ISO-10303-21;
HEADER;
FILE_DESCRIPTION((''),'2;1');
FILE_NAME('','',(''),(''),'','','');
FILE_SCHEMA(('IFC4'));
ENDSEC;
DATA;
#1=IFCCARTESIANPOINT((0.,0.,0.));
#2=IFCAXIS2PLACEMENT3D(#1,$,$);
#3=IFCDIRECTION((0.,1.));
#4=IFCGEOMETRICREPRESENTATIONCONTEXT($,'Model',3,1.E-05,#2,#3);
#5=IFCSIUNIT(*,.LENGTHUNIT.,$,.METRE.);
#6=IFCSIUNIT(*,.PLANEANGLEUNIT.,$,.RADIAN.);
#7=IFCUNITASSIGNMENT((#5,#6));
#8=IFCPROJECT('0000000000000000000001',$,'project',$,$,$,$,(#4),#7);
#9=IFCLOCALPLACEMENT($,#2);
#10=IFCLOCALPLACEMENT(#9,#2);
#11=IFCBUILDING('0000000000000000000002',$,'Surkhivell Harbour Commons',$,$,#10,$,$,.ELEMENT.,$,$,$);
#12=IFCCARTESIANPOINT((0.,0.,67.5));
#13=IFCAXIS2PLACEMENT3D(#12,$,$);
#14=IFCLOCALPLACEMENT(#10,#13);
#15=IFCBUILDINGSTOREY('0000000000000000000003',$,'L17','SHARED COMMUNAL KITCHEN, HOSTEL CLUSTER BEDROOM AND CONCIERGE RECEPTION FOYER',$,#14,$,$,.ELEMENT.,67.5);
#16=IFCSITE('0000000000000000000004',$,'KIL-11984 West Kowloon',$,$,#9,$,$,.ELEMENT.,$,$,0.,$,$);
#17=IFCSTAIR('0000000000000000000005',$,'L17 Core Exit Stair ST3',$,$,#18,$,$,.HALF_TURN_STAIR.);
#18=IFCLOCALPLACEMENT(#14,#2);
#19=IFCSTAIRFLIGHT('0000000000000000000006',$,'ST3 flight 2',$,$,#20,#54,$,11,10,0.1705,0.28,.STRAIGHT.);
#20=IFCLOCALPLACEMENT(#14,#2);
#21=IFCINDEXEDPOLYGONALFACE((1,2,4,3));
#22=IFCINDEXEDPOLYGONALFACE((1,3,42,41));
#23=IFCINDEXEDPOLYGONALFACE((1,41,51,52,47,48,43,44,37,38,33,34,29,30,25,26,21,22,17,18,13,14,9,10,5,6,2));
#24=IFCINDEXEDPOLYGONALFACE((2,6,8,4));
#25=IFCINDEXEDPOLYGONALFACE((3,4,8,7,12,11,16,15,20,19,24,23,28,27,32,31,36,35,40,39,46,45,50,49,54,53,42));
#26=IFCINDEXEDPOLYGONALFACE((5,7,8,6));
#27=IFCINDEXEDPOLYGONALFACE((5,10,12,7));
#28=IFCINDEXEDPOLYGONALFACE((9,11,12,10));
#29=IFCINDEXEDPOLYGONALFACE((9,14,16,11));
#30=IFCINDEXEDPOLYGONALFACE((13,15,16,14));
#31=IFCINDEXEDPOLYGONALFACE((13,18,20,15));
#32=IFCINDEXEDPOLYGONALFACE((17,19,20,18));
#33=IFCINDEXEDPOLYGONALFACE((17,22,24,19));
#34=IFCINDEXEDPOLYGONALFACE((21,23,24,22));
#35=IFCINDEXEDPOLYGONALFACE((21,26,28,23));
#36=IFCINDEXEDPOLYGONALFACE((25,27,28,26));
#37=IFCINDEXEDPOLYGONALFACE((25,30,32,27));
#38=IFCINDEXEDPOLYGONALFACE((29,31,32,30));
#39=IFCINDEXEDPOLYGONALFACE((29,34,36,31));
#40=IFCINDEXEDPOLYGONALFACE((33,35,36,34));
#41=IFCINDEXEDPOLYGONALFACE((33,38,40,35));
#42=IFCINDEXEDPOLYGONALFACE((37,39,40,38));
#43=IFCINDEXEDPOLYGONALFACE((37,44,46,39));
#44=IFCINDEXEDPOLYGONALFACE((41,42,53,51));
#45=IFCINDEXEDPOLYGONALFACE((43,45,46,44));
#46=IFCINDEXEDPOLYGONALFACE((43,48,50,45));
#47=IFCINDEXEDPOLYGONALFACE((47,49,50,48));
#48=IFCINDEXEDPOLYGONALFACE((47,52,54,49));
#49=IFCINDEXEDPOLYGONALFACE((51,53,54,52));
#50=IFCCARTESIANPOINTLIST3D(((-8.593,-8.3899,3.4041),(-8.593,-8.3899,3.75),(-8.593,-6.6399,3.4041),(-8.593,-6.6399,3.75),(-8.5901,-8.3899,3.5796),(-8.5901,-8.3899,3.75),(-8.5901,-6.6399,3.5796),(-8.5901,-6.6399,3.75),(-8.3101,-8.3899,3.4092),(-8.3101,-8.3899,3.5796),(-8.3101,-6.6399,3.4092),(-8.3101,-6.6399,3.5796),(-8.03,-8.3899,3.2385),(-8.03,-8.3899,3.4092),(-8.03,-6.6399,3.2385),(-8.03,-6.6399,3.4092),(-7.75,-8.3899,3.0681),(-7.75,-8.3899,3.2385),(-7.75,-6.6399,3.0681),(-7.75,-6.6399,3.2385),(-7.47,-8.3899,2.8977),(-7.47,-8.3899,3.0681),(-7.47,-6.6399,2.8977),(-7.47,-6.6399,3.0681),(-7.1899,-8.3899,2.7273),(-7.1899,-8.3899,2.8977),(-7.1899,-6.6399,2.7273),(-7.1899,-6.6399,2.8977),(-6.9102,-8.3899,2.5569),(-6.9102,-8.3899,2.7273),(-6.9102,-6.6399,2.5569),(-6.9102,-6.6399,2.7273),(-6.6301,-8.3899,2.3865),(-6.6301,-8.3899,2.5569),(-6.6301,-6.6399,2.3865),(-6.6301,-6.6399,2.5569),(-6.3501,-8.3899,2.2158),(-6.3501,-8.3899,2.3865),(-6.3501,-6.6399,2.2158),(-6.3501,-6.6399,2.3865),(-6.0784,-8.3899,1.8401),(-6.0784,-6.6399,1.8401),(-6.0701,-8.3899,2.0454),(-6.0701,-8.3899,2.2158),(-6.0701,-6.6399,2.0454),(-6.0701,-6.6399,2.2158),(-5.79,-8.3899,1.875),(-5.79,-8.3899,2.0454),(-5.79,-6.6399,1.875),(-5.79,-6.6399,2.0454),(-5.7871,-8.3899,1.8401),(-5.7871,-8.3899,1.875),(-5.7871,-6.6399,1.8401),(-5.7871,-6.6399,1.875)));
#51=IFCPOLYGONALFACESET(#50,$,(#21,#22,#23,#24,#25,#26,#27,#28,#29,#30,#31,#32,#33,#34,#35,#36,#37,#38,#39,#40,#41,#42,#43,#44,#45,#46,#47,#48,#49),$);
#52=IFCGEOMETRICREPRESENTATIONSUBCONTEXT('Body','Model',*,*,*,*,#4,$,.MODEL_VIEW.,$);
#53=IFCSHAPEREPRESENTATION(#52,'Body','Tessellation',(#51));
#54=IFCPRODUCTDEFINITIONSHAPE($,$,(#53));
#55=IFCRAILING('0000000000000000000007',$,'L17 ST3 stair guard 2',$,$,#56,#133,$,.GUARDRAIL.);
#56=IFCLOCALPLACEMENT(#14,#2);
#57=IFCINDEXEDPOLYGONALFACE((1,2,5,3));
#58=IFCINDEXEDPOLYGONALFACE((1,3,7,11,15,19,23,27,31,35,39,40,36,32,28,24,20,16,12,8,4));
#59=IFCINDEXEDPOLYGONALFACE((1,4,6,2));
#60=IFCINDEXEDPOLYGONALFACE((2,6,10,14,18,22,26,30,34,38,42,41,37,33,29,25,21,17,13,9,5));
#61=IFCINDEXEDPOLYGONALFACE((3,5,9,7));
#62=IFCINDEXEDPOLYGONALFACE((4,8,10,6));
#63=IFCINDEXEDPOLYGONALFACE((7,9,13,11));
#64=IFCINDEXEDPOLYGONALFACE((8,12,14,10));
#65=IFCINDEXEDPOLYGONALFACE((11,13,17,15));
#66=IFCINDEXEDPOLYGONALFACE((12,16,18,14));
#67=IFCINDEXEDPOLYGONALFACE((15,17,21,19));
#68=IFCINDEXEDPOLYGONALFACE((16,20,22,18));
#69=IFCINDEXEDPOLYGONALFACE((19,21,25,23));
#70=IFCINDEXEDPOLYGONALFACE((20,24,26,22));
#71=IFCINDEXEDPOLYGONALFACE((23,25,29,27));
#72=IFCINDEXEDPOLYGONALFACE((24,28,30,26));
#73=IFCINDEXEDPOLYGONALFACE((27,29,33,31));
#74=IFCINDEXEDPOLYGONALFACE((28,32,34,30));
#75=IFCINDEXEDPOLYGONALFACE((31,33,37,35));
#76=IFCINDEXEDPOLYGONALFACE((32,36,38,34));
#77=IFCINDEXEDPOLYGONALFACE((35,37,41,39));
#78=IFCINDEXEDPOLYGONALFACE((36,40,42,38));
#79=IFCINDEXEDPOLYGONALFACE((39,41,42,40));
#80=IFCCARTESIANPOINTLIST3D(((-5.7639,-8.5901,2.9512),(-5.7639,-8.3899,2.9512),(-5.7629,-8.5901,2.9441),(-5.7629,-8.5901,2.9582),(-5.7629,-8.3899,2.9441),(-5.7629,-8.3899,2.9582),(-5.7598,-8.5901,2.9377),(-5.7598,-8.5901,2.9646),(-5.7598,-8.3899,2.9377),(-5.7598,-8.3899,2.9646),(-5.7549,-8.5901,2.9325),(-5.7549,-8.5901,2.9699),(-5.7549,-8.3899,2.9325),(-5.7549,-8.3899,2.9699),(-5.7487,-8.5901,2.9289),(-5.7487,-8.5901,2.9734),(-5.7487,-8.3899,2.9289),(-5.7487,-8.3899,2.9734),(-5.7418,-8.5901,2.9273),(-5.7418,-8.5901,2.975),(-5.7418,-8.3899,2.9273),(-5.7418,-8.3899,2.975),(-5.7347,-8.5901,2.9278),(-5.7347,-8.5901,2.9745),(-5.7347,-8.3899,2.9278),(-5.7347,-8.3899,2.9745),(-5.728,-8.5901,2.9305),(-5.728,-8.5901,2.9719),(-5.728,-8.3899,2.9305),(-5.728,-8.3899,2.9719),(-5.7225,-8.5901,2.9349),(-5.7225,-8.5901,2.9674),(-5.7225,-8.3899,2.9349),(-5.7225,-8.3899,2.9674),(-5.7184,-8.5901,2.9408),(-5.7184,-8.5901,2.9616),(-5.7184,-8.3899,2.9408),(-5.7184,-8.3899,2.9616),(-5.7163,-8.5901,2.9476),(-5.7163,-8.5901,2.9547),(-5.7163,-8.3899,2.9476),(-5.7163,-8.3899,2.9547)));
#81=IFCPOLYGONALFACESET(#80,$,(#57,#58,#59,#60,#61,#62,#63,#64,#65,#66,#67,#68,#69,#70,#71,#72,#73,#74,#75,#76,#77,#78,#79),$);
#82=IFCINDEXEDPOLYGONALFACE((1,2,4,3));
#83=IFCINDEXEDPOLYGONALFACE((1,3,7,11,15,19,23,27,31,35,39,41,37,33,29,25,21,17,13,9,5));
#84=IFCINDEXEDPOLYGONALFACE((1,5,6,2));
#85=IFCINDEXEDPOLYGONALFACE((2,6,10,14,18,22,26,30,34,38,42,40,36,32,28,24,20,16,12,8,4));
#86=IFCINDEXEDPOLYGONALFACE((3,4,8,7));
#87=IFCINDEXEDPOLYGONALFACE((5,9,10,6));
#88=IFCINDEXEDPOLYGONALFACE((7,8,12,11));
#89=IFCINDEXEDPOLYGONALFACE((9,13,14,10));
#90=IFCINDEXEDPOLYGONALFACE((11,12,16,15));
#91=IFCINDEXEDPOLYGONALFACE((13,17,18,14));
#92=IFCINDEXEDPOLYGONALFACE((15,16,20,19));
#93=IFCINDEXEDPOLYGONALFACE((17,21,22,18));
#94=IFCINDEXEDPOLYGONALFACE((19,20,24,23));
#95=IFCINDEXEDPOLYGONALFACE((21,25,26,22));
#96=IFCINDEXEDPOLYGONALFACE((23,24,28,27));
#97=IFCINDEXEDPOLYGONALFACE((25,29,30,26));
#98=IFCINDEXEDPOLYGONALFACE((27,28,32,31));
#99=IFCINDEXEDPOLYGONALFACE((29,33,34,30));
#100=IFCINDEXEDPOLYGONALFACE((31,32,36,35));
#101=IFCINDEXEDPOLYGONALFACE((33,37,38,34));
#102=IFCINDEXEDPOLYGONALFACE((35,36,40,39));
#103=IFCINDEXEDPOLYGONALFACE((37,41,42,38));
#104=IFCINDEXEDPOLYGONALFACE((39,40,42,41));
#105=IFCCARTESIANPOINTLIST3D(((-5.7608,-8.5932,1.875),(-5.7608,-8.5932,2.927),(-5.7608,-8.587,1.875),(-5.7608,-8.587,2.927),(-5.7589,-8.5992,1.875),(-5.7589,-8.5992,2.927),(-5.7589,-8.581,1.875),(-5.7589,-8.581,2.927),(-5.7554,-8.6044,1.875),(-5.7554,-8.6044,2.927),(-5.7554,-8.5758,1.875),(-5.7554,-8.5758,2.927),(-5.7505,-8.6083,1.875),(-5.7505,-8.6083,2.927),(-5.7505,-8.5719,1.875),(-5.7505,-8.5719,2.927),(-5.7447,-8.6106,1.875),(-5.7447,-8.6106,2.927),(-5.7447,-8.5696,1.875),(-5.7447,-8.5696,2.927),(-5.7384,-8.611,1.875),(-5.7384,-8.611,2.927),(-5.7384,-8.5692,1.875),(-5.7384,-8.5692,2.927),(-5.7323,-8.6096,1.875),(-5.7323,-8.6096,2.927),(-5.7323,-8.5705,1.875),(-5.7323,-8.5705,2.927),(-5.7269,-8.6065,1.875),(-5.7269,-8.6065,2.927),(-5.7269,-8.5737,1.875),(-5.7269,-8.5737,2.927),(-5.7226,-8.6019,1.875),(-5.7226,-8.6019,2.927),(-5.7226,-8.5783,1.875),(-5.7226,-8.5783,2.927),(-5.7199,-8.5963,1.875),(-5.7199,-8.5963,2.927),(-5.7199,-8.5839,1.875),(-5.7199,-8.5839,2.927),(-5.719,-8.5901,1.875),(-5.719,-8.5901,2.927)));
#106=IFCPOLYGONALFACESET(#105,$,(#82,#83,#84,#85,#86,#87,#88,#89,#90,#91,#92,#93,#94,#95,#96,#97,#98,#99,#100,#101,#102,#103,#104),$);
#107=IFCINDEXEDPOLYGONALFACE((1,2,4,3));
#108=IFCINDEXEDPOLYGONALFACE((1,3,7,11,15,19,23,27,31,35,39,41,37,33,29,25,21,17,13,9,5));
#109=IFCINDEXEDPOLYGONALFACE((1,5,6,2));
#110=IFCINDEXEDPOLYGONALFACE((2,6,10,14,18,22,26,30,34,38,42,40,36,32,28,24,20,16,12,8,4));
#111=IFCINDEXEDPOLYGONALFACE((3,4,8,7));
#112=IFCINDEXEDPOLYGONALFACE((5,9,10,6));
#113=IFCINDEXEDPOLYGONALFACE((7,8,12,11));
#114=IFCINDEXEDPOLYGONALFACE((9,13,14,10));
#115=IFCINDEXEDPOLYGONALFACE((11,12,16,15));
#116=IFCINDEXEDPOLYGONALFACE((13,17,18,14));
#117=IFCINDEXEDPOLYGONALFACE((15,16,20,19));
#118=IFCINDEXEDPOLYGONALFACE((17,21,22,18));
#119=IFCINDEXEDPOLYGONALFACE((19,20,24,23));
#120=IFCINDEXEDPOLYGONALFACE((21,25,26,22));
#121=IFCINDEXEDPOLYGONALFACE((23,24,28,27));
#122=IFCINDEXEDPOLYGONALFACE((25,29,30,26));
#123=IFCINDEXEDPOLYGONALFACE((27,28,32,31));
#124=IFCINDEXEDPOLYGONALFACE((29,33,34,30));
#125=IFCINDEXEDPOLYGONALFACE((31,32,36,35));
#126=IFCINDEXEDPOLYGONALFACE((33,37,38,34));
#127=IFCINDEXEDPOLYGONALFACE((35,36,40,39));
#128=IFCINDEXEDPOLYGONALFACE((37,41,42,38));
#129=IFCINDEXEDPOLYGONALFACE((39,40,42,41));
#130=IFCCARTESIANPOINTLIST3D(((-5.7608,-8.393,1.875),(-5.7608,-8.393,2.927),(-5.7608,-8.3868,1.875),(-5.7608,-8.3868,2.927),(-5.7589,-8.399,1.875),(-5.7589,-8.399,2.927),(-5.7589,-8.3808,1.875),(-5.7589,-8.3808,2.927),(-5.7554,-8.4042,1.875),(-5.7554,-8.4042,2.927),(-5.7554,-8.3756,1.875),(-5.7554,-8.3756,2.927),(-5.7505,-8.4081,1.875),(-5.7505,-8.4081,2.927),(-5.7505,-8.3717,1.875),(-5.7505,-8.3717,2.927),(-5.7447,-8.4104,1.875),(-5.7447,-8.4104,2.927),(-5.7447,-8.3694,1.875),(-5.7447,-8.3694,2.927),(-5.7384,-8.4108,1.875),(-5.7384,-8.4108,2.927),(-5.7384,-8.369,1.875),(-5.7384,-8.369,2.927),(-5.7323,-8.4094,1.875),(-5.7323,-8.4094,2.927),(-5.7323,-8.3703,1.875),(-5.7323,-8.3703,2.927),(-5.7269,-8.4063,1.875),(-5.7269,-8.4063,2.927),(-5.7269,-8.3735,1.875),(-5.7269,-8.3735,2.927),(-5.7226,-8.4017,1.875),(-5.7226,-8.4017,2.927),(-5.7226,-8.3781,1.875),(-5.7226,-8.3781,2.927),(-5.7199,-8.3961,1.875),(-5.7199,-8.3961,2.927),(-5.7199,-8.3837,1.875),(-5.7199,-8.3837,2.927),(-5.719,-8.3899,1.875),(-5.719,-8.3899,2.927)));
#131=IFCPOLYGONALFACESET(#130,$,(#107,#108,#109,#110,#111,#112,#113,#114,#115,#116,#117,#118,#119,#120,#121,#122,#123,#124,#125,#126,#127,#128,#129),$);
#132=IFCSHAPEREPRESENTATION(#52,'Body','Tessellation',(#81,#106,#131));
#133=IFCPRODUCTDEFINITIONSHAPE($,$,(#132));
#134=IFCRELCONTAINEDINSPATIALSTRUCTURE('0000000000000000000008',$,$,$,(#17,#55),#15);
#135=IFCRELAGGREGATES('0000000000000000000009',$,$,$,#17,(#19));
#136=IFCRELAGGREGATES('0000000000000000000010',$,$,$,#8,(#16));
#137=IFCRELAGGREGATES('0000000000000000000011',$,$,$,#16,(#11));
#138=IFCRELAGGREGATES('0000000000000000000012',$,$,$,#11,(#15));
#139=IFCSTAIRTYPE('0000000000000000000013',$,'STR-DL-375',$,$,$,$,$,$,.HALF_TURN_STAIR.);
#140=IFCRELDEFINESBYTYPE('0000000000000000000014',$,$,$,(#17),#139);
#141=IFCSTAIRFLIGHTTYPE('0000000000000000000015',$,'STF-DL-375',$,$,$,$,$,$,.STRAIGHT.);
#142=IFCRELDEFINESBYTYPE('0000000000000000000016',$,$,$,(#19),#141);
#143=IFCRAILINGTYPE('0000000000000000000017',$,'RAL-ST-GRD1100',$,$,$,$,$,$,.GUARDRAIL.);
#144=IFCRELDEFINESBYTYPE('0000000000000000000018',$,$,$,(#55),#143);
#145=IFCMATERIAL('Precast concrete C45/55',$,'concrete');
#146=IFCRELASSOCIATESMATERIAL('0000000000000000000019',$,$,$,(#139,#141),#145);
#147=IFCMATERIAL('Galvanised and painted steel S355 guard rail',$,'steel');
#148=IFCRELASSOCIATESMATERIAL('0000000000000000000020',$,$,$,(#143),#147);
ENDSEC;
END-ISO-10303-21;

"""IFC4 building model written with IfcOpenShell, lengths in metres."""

from ifc_helpers import new_model, si_unit, direction, frame, origin, origin_2d, place, context, subcontext, project, spatial, polyline, circle, outline, extrude, material, type_object, element, aggregate, save


model = new_model("IFC4")

# Units and contexts
model_context = context("Model", 3, precision=1e-05, world=origin(), true_north=direction((0.0, 1.0)))
body_context = subcontext(model_context, "Body", "Model", "MODEL_VIEW")
ifc_project = project(units=[si_unit("LENGTHUNIT", "METRE"), si_unit("PLANEANGLEUNIT", "RADIAN")], contexts=[model_context])

# Site, building, storey
site_placement = place(None, origin())
site = spatial("IfcSite", under=ifc_project, at=site_placement, Name="KIL-11984 West Kowloon", CompositionType="ELEMENT", RefElevation=0.0)
building_placement = place(site_placement, origin())
building = spatial("IfcBuilding", under=site, at=building_placement, Name="Surkhivell Harbour Commons", CompositionType="ELEMENT")
storey_placement = place(building_placement, frame((0.0, 0.0, 67.5)))
storey = spatial("IfcBuildingStorey", under=building, at=storey_placement, Name="L17", Description="SHARED COMMUNAL KITCHEN, HOSTEL CLUSTER BEDROOM AND CONCIERGE RECEPTION FOYER", CompositionType="ELEMENT", Elevation=67.5)

# Stair, stair flight
ifc_material_1 = material(Name="Precast concrete C45/55", Category="concrete")
stair_type = type_object("IfcStairType", Name="STR-DL-375", PredefinedType="HALF_TURN_STAIR", material=ifc_material_1)
stair_placement = place(storey_placement, origin())
stair = element("IfcStair", 1, at=stair_placement, inside=storey, type_object=stair_type, Name="L17 Core Exit Stair ST3", PredefinedType="HALF_TURN_STAIR")
stair_flight_type = type_object("IfcStairFlightType", Name="STF-DL-375", PredefinedType="STRAIGHT", material=ifc_material_1)
stair_flight_placement = place(storey_placement, frame((-5.79, -7.5149, 1.875), z_axis=(0.0, 0.0, 1.0), x_axis=(-1.0, 0.0, 0.0)))
stair_flight = element("IfcStairFlight", 2, at=stair_flight_placement, type_object=stair_flight_type, Name="ST3 flight 2", NumberOfRisers=11, NumberOfTreads=10, PredefinedType="STRAIGHT", RiserHeight=0.1705, TreadLength=0.28, context=body_context, shape_type="SweptSolid", body=[
    extrude(outline(polyline([(-0.0029, -0.0349), (-0.0029, 0.0), (0.0, 0.0), (0.0, 0.1704), (0.28, 0.1704), (0.28, 0.3408), (0.5601, 0.3408), (0.5601, 0.5115), (0.8401, 0.5115), (0.8401, 0.6819), (1.1201, 0.6819), (1.1201, 0.8523), (1.3999, 0.8523), (1.3999, 1.0227), (1.6799, 1.0227), (1.6799, 1.1931), (1.96, 1.1931), (1.96, 1.3635), (2.24, 1.3635), (2.24, 1.5342), (2.52, 1.5342), (2.52, 1.7046), (2.8, 1.7046), (2.8, 1.875), (2.803, 1.875), (2.803, 1.5291), (0.2883, -0.0349), (-0.0029, -0.0349)])), frame((0.0, 0.875, 0.0), z_axis=(0.0, -1.0, 0.0), x_axis=(1.0, 0.0, 0.0)), (0.0, 0.0, 1.0), 1.75),
])
aggregate(stair, [stair_flight])

# Railing
ifc_material_2 = material(Name="Galvanised and painted steel S355 guard rail", Category="steel")
railing_type_1 = type_object("IfcRailingType", Name="RAL-ST-GRD1100", PredefinedType="GUARDRAIL", material=ifc_material_2)
railing_1_placement = place(storey_placement, frame((-5.74, -8.5901, 1.875)))
element("IfcRailing", 3, at=railing_1_placement, inside=storey, type_object=railing_type_1, Name="L17 ST3 stair guard 2", PredefinedType="GUARDRAIL", context=body_context, shape_type="SweptSolid", body=[
    extrude(circle(Radius=0.0239, at=origin_2d()), frame((0.0, 0.0, 1.0762), z_axis=(0.0, 1.0, 0.0), x_axis=(-1.0, 0.0, 0.0)), (0.0, 0.0, 1.0), 0.2002),
    extrude(circle(Radius=0.021, at=origin_2d()), origin(), (0.0, 0.0, 1.0), 1.052),
    extrude(circle(Radius=0.021, at=origin_2d()), frame((0.0, 0.2002, 0.0)), (0.0, 0.0, 1.0), 1.052),
])

save(model, "model.ifc")
